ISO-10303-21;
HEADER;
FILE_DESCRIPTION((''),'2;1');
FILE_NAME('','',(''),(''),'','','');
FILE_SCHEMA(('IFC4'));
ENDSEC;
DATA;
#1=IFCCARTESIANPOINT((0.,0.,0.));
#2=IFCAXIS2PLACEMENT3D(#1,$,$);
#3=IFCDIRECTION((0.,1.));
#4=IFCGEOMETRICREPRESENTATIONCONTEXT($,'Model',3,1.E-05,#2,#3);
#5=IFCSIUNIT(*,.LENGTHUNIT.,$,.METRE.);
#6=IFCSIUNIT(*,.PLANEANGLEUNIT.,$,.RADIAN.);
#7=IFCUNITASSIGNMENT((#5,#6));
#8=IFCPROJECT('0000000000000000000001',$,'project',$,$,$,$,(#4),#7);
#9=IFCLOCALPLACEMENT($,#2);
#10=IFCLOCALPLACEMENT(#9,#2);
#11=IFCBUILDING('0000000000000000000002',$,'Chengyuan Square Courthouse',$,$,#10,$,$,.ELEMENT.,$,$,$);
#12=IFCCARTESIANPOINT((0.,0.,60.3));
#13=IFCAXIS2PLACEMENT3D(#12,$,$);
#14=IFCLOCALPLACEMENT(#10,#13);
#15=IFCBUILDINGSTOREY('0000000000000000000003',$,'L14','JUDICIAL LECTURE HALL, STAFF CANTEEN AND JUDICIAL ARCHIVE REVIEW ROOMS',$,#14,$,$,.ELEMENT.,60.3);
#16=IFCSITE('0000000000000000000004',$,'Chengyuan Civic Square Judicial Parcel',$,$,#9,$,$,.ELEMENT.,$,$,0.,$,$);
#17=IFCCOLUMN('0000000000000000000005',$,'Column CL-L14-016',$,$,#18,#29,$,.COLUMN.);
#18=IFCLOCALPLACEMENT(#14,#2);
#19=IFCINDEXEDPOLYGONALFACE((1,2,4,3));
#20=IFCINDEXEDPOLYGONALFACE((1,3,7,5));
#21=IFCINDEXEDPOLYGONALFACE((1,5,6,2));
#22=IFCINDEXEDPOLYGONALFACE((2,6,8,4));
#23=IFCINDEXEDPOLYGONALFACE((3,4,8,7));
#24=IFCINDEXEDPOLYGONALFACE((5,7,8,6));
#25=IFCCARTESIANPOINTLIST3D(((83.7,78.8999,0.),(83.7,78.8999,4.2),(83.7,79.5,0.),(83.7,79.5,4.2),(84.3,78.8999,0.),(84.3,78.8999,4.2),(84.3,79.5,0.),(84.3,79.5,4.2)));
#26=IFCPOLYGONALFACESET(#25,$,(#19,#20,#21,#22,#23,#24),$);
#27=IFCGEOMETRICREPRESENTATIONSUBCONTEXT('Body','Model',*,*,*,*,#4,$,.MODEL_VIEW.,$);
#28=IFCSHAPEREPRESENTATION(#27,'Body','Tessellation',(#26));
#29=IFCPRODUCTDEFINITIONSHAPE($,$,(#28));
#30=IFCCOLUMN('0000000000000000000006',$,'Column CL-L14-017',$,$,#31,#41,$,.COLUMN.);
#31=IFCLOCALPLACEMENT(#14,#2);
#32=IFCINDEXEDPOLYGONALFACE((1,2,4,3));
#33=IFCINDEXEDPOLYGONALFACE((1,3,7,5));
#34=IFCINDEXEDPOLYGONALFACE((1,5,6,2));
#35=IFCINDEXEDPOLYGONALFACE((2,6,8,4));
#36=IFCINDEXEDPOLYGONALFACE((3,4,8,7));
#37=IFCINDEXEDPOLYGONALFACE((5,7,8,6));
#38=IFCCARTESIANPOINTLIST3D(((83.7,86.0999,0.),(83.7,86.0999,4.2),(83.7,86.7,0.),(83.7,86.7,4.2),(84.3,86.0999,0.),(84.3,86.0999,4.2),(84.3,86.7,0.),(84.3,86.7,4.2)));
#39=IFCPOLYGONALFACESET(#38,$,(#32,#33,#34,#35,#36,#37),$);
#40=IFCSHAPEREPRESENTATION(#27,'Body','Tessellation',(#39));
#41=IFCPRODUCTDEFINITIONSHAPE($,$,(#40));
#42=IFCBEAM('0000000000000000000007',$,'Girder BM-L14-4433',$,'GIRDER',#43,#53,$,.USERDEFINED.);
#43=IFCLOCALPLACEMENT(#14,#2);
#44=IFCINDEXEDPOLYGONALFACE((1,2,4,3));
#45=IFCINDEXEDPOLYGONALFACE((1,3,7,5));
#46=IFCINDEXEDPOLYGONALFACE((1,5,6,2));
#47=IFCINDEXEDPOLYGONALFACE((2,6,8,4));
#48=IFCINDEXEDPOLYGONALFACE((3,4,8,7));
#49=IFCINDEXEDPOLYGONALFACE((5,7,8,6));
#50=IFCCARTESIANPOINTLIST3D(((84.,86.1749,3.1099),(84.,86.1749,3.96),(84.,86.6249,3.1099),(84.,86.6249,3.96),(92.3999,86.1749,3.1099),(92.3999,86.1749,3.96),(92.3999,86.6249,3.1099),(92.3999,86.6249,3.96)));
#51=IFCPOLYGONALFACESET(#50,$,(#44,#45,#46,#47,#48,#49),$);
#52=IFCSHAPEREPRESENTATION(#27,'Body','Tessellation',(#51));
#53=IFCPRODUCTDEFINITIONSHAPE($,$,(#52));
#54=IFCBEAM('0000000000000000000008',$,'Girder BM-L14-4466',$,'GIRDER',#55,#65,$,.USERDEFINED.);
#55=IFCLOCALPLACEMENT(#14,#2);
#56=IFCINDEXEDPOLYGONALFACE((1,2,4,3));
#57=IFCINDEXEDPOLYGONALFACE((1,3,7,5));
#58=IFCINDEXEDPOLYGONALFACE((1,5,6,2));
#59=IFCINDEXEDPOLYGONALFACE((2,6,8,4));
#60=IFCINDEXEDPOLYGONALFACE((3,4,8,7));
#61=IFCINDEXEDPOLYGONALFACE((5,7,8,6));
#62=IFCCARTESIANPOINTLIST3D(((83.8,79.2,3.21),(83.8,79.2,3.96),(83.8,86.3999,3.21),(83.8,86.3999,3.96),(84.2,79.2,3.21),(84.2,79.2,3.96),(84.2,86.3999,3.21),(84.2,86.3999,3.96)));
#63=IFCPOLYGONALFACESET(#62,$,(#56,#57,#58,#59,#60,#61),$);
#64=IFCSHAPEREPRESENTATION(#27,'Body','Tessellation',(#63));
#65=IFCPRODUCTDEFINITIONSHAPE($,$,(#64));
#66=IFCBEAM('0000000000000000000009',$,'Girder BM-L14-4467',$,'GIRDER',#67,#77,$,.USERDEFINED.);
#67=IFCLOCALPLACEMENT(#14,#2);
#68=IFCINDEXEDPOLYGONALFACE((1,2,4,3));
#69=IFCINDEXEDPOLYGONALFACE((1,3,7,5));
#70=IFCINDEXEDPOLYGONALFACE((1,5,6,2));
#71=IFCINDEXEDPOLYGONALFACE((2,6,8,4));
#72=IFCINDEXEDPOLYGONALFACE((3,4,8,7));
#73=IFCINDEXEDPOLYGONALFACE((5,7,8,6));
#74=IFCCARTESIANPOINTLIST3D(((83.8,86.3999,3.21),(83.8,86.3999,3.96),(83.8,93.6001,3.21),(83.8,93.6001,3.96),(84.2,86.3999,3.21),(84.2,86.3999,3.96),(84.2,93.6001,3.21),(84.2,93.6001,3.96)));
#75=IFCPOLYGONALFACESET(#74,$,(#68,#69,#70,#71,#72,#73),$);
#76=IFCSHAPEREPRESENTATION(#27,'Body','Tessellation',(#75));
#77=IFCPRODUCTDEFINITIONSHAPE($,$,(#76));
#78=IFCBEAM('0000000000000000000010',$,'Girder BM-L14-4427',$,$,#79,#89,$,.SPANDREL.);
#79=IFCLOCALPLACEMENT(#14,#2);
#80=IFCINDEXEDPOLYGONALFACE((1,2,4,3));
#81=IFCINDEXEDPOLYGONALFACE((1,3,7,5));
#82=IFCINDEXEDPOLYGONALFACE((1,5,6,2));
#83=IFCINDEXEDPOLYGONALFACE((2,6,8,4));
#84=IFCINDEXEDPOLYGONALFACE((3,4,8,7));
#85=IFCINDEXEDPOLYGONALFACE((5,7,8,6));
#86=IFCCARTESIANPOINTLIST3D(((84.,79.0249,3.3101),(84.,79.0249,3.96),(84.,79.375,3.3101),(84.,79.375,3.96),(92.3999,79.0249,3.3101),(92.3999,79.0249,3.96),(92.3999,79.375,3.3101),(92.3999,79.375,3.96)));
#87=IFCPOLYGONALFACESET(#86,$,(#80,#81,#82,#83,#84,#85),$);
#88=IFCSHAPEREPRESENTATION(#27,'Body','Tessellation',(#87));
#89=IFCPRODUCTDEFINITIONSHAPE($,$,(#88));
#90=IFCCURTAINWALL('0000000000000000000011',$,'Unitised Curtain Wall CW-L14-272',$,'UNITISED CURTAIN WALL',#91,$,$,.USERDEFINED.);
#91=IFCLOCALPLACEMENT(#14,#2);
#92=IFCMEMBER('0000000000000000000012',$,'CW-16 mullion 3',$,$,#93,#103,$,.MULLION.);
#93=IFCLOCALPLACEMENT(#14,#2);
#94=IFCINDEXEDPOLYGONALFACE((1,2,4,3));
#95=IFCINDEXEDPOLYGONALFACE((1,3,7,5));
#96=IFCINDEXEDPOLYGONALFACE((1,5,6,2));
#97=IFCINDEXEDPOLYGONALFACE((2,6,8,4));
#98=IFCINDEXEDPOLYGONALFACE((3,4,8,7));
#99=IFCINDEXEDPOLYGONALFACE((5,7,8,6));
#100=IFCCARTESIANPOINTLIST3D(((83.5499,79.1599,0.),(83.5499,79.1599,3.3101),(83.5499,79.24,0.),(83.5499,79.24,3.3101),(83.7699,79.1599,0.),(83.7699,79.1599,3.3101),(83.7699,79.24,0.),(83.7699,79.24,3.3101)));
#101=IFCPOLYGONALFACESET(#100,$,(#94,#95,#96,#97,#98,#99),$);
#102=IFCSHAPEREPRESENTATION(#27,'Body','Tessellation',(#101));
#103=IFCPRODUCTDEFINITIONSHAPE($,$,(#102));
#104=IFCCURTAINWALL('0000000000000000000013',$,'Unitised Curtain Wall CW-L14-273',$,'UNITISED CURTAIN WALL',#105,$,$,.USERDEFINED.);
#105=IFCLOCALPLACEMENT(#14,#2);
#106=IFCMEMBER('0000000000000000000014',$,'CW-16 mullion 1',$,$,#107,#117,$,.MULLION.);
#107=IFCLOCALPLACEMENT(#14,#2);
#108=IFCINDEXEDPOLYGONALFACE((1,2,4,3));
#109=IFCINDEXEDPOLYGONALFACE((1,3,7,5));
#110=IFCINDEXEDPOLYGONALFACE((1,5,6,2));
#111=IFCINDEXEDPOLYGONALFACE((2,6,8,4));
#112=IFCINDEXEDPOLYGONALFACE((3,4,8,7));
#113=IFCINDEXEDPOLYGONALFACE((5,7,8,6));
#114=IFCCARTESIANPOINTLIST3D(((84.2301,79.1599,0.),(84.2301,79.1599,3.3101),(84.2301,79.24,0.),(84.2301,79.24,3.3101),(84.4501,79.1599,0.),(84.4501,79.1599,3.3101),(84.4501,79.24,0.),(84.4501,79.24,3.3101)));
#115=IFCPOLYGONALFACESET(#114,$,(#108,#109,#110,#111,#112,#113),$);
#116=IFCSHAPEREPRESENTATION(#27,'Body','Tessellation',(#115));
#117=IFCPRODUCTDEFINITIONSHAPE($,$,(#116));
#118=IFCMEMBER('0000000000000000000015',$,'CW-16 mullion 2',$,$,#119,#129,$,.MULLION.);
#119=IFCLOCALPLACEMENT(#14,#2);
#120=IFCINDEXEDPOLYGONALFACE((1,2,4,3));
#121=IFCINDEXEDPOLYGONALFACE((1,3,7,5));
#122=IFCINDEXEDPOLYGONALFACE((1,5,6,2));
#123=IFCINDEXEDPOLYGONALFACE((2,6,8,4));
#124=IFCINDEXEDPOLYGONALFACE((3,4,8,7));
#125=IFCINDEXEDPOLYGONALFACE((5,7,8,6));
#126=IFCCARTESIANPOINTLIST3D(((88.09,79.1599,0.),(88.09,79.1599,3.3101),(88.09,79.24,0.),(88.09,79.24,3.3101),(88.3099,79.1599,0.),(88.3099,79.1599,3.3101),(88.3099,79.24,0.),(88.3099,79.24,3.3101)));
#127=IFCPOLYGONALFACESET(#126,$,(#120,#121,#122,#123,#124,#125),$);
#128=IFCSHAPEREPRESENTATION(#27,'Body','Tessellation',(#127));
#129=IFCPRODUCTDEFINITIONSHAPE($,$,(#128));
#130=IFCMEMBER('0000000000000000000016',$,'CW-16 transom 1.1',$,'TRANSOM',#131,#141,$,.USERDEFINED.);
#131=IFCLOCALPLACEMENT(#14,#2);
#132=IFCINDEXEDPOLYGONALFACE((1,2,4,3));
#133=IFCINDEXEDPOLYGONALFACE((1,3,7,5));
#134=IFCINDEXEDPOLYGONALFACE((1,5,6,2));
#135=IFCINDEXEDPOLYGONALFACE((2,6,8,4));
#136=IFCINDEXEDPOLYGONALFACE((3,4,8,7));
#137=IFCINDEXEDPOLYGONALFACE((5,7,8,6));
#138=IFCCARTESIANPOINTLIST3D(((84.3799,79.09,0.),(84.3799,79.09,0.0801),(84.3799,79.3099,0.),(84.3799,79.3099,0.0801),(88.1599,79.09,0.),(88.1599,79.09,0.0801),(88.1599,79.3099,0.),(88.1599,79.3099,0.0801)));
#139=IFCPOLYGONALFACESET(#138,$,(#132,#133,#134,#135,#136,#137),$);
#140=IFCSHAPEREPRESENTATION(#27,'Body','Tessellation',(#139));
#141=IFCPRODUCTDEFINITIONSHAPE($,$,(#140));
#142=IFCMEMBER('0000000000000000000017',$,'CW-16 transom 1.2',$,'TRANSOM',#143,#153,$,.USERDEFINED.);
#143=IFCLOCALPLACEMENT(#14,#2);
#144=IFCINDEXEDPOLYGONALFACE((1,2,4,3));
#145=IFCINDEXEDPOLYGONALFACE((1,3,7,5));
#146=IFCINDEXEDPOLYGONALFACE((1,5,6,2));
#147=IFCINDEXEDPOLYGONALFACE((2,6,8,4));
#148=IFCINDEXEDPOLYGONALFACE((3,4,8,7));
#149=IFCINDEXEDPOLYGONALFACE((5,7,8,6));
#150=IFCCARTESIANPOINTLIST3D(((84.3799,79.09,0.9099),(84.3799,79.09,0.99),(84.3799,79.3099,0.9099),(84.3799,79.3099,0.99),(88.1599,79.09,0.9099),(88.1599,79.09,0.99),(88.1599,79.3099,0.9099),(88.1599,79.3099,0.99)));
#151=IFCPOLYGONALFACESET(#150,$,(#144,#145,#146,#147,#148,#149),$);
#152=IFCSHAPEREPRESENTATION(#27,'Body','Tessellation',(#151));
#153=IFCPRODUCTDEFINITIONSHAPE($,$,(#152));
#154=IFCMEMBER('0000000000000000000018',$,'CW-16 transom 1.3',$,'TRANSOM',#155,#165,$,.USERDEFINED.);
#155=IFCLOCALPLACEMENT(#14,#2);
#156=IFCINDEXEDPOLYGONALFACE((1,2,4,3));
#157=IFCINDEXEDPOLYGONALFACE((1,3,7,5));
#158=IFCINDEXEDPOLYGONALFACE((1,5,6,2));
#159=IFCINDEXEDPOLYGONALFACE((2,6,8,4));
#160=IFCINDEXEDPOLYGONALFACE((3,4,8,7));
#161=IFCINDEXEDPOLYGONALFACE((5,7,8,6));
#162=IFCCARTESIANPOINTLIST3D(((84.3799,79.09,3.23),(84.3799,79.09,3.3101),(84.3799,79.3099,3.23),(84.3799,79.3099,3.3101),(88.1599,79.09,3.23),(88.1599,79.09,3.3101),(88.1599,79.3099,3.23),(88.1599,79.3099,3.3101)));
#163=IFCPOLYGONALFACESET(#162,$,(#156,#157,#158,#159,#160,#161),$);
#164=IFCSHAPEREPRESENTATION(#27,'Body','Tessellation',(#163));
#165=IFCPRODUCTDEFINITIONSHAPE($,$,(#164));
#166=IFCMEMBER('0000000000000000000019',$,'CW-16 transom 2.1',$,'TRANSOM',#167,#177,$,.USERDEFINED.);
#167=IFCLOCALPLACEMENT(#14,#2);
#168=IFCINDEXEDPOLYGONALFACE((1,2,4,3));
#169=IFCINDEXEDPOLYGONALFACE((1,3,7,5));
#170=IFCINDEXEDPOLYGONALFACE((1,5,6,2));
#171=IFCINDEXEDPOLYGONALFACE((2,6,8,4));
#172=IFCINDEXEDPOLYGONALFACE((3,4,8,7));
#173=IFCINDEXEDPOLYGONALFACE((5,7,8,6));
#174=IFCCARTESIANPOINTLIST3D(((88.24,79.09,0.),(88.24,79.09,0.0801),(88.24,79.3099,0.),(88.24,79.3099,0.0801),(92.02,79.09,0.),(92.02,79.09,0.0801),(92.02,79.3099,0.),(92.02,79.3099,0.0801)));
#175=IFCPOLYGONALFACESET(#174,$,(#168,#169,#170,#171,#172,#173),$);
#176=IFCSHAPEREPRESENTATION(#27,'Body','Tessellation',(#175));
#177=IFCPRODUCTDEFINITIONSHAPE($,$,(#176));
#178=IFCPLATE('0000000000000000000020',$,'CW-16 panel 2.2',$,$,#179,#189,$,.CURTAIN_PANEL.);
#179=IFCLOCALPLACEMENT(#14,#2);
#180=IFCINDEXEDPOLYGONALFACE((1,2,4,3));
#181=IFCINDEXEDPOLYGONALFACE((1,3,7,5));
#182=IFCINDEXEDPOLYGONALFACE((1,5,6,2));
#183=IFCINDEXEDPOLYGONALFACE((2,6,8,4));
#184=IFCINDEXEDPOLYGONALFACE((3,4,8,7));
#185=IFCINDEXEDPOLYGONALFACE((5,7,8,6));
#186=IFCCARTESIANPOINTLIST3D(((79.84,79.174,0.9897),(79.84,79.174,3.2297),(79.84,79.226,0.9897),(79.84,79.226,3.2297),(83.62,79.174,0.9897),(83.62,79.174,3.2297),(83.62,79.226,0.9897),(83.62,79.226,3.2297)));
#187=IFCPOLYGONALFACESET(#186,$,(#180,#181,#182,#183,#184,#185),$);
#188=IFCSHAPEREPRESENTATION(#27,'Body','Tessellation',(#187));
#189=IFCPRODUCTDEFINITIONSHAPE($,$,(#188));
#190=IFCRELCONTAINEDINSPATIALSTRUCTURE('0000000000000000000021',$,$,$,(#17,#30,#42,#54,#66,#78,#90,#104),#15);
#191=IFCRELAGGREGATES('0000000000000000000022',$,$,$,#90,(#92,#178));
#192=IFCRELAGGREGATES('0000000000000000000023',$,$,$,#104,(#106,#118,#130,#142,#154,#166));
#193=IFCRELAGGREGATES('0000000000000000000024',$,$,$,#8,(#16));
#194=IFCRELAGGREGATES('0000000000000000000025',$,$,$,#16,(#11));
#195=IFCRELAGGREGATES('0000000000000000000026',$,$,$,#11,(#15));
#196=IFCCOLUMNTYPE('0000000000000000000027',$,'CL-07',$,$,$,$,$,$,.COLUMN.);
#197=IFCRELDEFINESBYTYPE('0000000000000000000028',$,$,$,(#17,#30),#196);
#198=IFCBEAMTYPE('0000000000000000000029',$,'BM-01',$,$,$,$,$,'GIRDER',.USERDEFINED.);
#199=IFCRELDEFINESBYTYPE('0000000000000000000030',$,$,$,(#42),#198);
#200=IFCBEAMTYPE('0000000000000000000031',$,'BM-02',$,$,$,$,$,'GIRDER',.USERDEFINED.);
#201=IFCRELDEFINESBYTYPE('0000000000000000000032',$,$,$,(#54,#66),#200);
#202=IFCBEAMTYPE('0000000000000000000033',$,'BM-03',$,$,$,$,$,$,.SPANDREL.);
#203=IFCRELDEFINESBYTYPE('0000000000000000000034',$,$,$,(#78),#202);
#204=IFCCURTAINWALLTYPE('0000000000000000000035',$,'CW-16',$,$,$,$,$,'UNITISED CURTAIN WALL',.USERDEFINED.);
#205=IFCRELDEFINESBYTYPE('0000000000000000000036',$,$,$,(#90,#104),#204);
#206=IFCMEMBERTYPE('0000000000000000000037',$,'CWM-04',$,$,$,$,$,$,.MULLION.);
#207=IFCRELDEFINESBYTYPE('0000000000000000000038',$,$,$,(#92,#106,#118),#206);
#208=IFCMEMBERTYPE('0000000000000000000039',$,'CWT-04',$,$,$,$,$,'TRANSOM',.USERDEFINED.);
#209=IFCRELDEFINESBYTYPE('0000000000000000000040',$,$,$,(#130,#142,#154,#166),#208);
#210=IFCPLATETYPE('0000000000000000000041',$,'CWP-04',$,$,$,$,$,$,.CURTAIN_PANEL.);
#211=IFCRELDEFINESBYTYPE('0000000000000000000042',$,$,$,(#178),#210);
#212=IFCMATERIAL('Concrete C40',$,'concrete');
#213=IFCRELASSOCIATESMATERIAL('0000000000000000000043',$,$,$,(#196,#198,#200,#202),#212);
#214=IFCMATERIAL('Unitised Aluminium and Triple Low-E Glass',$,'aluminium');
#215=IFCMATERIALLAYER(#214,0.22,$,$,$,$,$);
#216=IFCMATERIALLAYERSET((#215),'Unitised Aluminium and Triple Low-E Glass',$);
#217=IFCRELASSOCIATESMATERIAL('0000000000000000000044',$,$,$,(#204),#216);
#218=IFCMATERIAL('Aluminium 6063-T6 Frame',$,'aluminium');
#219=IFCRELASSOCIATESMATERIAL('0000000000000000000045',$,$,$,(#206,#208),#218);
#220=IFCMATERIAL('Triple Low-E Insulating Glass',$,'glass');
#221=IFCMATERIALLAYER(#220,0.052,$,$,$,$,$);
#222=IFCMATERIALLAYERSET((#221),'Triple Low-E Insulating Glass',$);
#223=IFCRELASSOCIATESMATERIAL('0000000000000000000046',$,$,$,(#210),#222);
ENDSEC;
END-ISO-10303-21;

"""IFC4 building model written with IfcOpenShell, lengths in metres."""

from ifc_helpers import new_model, si_unit, direction, frame, origin, origin_2d, place, context, subcontext, project, spatial, rectangle, extrude, material, layer, layer_set, material_profile, profile_set, type_object, element, aggregate, save


model = new_model("IFC4")

# Units and contexts
model_context = context("Model", 3, precision=1e-05, world=origin(), true_north=direction((0.0, 1.0)))
body_context = subcontext(model_context, "Body", "Model", "MODEL_VIEW")
ifc_project = project(units=[si_unit("LENGTHUNIT", "METRE"), si_unit("PLANEANGLEUNIT", "RADIAN")], contexts=[model_context])

# Site, building, storey
site_placement = place(None, origin())
site = spatial("IfcSite", under=ifc_project, at=site_placement, Name="Chengyuan Civic Square Judicial Parcel", CompositionType="ELEMENT", RefElevation=0.0)
building_placement = place(site_placement, origin())
building = spatial("IfcBuilding", under=site, at=building_placement, Name="Chengyuan Square Courthouse", CompositionType="ELEMENT")
storey_placement = place(building_placement, frame((0.0, 0.0, 60.3)))
storey = spatial("IfcBuildingStorey", under=building, at=storey_placement, Name="L14", Description="JUDICIAL LECTURE HALL, STAFF CANTEEN AND JUDICIAL ARCHIVE REVIEW ROOMS", CompositionType="ELEMENT", Elevation=60.3)

# Columns
ifc_material_1 = material(Name="Concrete C40", Category="concrete")
ifc_material_profile_1 = material_profile(ifc_material_1, rectangle(XDim=0.6001, YDim=0.6001, at=origin_2d()), Name="RC-COL-600x600")
ifc_profile_set_1 = profile_set([ifc_material_profile_1], Name="Concrete C40")
column_type = type_object("IfcColumnType", Name="CL-07", PredefinedType="COLUMN", material=ifc_profile_set_1)
for number, where, z_axis, x_axis, name in (
    (1, (84.0, 79.2, 0.0), (0.0, 0.0, 1.0), (1.0, 0.0, 0.0), "Column CL-L14-016"),
    (2, (84.0, 86.3999, 0.0), (0.0, 0.0, 1.0), (1.0, 0.0, 0.0), "Column CL-L14-017"),
):
    element("IfcColumn", number, at=place(storey_placement, frame(where, z_axis=z_axis, x_axis=x_axis)), inside=storey, type_object=column_type, Name=name, PredefinedType="COLUMN", context=body_context, shape_type="SweptSolid", body=[
        extrude(rectangle(XDim=0.6001, YDim=0.6001, at=origin_2d()), origin(), (0.0, 0.0, 1.0), 4.2),
    ])

# Beams
ifc_material_profile_2 = material_profile(ifc_material_1, rectangle(XDim=0.45, YDim=0.8501, at=origin_2d()), Name="RC-BM-450x850")
ifc_profile_set_2 = profile_set([ifc_material_profile_2], Name="Concrete C40")
beam_type_1 = type_object("IfcBeamType", Name="BM-01", ElementType="GIRDER", PredefinedType="USERDEFINED", material=ifc_profile_set_2)
beam_1_placement = place(storey_placement, frame((84.0, 86.3999, 3.5349), z_axis=(1.0, 0.0, 0.0), x_axis=(0.0, 1.0, 0.0)))
element("IfcBeam", 3, at=beam_1_placement, inside=storey, type_object=beam_type_1, Name="Girder BM-L14-4433", ObjectType="GIRDER", PredefinedType="USERDEFINED", context=body_context, shape_type="SweptSolid", body=[
    extrude(rectangle(XDim=0.45, YDim=0.8501, at=origin_2d()), origin(), (0.0, 0.0, 1.0), 8.3999),
])
ifc_material_profile_3 = material_profile(ifc_material_1, rectangle(XDim=0.3999, YDim=0.75, at=origin_2d()), Name="RC-BM-400x750")
ifc_profile_set_3 = profile_set([ifc_material_profile_3], Name="Concrete C40")
beam_type_2 = type_object("IfcBeamType", Name="BM-02", ElementType="GIRDER", PredefinedType="USERDEFINED", material=ifc_profile_set_3)
beam_2_placement = place(storey_placement, frame((84.0, 79.2, 3.585), z_axis=(0.0, 1.0, 0.0), x_axis=(-1.0, 0.0, 0.0)))
element("IfcBeam", 4, at=beam_2_placement, inside=storey, type_object=beam_type_2, Name="Girder BM-L14-4466", ObjectType="GIRDER", PredefinedType="USERDEFINED", context=body_context, shape_type="SweptSolid", body=[
    extrude(rectangle(XDim=0.3999, YDim=0.75, at=origin_2d()), origin(), (0.0, 0.0, 1.0), 7.2),
])
beam_3_placement = place(storey_placement, frame((84.0, 86.3999, 3.585), z_axis=(0.0, 1.0, 0.0), x_axis=(-1.0, 0.0, 0.0)))
element("IfcBeam", 5, at=beam_3_placement, inside=storey, type_object=beam_type_2, Name="Girder BM-L14-4467", ObjectType="GIRDER", PredefinedType="USERDEFINED", context=body_context, shape_type="SweptSolid", body=[
    extrude(rectangle(XDim=0.3999, YDim=0.75, at=origin_2d()), origin(), (0.0, 0.0, 1.0), 7.2002),
])
ifc_material_profile_4 = material_profile(ifc_material_1, rectangle(XDim=0.3501, YDim=0.6499, at=origin_2d()), Name="RC-BM-350x650")
ifc_profile_set_4 = profile_set([ifc_material_profile_4], Name="Concrete C40")
beam_type_3 = type_object("IfcBeamType", Name="BM-03", PredefinedType="SPANDREL", material=ifc_profile_set_4)
beam_4_placement = place(storey_placement, frame((84.0, 79.2, 3.635), z_axis=(1.0, 0.0, 0.0), x_axis=(0.0, 1.0, 0.0)))
element("IfcBeam", 6, at=beam_4_placement, inside=storey, type_object=beam_type_3, Name="Girder BM-L14-4427", PredefinedType="SPANDREL", context=body_context, shape_type="SweptSolid", body=[
    extrude(rectangle(XDim=0.3501, YDim=0.6499, at=origin_2d()), origin(), (0.0, 0.0, 1.0), 8.3999),
])

# Curtain wall, member
ifc_material_2 = material(Name="Unitised Aluminium and Triple Low-E Glass", Category="aluminium")
ifc_layer_1 = layer(ifc_material_2, 0.22)
ifc_layer_set_1 = layer_set([ifc_layer_1], Name="Unitised Aluminium and Triple Low-E Glass")
curtain_wall_type = type_object("IfcCurtainWallType", Name="CW-16", ElementType="UNITISED CURTAIN WALL", PredefinedType="USERDEFINED", material=ifc_layer_set_1)
curtain_wall_1_placement = place(storey_placement, origin())
curtain_wall_1 = element("IfcCurtainWall", 7, at=curtain_wall_1_placement, inside=storey, type_object=curtain_wall_type, Name="Unitised Curtain Wall CW-L14-272", ObjectType="UNITISED CURTAIN WALL", PredefinedType="USERDEFINED")
ifc_material_3 = material(Name="Aluminium 6063-T6 Frame", Category="aluminium")
ifc_material_profile_5 = material_profile(ifc_material_3, rectangle(XDim=0.0801, YDim=0.22, at=origin_2d()), Name="CW-MUL-80x220")
ifc_profile_set_5 = profile_set([ifc_material_profile_5], Name="Aluminium 6063-T6 Frame")
member_type_1 = type_object("IfcMemberType", Name="CWM-04", PredefinedType="MULLION", material=ifc_profile_set_5)
member_1_placement = place(storey_placement, frame((83.6599, 79.2, 0.0), z_axis=(0.0, 0.0, 1.0), x_axis=(0.0, 1.0, 0.0)))
member_1 = element("IfcMember", 8, at=member_1_placement, type_object=member_type_1, Name="CW-16 mullion 3", PredefinedType="MULLION", context=body_context, shape_type="SweptSolid", body=[
    extrude(rectangle(XDim=0.0801, YDim=0.22, at=origin_2d()), origin(), (0.0, 0.0, 1.0), 3.3101),
])

# Curtain wall, members
curtain_wall_2_placement = place(storey_placement, origin())
curtain_wall_2 = element("IfcCurtainWall", 9, at=curtain_wall_2_placement, inside=storey, type_object=curtain_wall_type, Name="Unitised Curtain Wall CW-L14-273", ObjectType="UNITISED CURTAIN WALL", PredefinedType="USERDEFINED")
member_2_placement = place(storey_placement, frame((84.3401, 79.2, 0.0), z_axis=(0.0, 0.0, 1.0), x_axis=(0.0, 1.0, 0.0)))
member_2 = element("IfcMember", 10, at=member_2_placement, type_object=member_type_1, Name="CW-16 mullion 1", PredefinedType="MULLION", context=body_context, shape_type="SweptSolid", body=[
    extrude(rectangle(XDim=0.0801, YDim=0.22, at=origin_2d()), origin(), (0.0, 0.0, 1.0), 3.3101),
])
member_3_placement = place(storey_placement, frame((88.2, 79.2, 0.0), z_axis=(0.0, 0.0, 1.0), x_axis=(0.0, 1.0, 0.0)))
member_3 = element("IfcMember", 11, at=member_3_placement, type_object=member_type_1, Name="CW-16 mullion 2", PredefinedType="MULLION", context=body_context, shape_type="SweptSolid", body=[
    extrude(rectangle(XDim=0.0801, YDim=0.22, at=origin_2d()), origin(), (0.0, 0.0, 1.0), 3.3101),
])
ifc_material_profile_6 = material_profile(ifc_material_3, rectangle(XDim=0.22, YDim=0.0801, at=origin_2d()), Name="CW-TRN-80x180")
ifc_profile_set_6 = profile_set([ifc_material_profile_6], Name="Aluminium 6063-T6 Frame")
member_type_2 = type_object("IfcMemberType", Name="CWT-04", ElementType="TRANSOM", PredefinedType="USERDEFINED", material=ifc_profile_set_6)
member_4_placement = place(storey_placement, frame((84.3799, 79.2, 0.04), z_axis=(1.0, 0.0, 0.0), x_axis=(0.0, 1.0, 0.0)))
member_4 = element("IfcMember", 12, at=member_4_placement, type_object=member_type_2, Name="CW-16 transom 1.1", ObjectType="TRANSOM", PredefinedType="USERDEFINED", context=body_context, shape_type="SweptSolid", body=[
    extrude(rectangle(XDim=0.22, YDim=0.0801, at=origin_2d()), origin(), (0.0, 0.0, 1.0), 3.78),
])
member_5_placement = place(storey_placement, frame((84.3799, 79.2, 0.95), z_axis=(1.0, 0.0, 0.0), x_axis=(0.0, 1.0, 0.0)))
member_5 = element("IfcMember", 13, at=member_5_placement, type_object=member_type_2, Name="CW-16 transom 1.2", ObjectType="TRANSOM", PredefinedType="USERDEFINED", context=body_context, shape_type="SweptSolid", body=[
    extrude(rectangle(XDim=0.22, YDim=0.0801, at=origin_2d()), origin(), (0.0, 0.0, 1.0), 3.78),
])
member_6_placement = place(storey_placement, frame((84.3799, 79.2, 3.27), z_axis=(1.0, 0.0, 0.0), x_axis=(0.0, 1.0, 0.0)))
member_6 = element("IfcMember", 14, at=member_6_placement, type_object=member_type_2, Name="CW-16 transom 1.3", ObjectType="TRANSOM", PredefinedType="USERDEFINED", context=body_context, shape_type="SweptSolid", body=[
    extrude(rectangle(XDim=0.22, YDim=0.0801, at=origin_2d()), origin(), (0.0, 0.0, 1.0), 3.78),
])
member_7_placement = place(storey_placement, frame((88.24, 79.2, 0.04), z_axis=(1.0, 0.0, 0.0), x_axis=(0.0, 1.0, 0.0)))
member_7 = element("IfcMember", 15, at=member_7_placement, type_object=member_type_2, Name="CW-16 transom 2.1", ObjectType="TRANSOM", PredefinedType="USERDEFINED", context=body_context, shape_type="SweptSolid", body=[
    extrude(rectangle(XDim=0.22, YDim=0.0801, at=origin_2d()), origin(), (0.0, 0.0, 1.0), 3.78),
])

# Plate
ifc_material_4 = material(Name="Triple Low-E Insulating Glass", Category="glass")
ifc_layer_2 = layer(ifc_material_4, 0.052)
ifc_layer_set_2 = layer_set([ifc_layer_2], Name="Triple Low-E Insulating Glass")
plate_type = type_object("IfcPlateType", Name="CWP-04", PredefinedType="CURTAIN_PANEL", material=ifc_layer_set_2)
plate_1_placement = place(storey_placement, frame((81.73, 79.2, 0.9897), z_axis=(0.0, 0.0, 1.0), x_axis=(1.0, 0.0, 0.0)))
plate_1 = element("IfcPlate", 16, at=plate_1_placement, type_object=plate_type, Name="CW-16 panel 2.2", PredefinedType="CURTAIN_PANEL", context=body_context, shape_type="SweptSolid", body=[
    extrude(rectangle(XDim=3.78, YDim=0.052, at=origin_2d()), origin(), (0.0, 0.0, 1.0), 2.24),
])
aggregate(curtain_wall_1, [member_1, plate_1])
aggregate(curtain_wall_2, [member_2, member_3, member_4, member_5, member_6, member_7])

save(model, "model.ifc")
